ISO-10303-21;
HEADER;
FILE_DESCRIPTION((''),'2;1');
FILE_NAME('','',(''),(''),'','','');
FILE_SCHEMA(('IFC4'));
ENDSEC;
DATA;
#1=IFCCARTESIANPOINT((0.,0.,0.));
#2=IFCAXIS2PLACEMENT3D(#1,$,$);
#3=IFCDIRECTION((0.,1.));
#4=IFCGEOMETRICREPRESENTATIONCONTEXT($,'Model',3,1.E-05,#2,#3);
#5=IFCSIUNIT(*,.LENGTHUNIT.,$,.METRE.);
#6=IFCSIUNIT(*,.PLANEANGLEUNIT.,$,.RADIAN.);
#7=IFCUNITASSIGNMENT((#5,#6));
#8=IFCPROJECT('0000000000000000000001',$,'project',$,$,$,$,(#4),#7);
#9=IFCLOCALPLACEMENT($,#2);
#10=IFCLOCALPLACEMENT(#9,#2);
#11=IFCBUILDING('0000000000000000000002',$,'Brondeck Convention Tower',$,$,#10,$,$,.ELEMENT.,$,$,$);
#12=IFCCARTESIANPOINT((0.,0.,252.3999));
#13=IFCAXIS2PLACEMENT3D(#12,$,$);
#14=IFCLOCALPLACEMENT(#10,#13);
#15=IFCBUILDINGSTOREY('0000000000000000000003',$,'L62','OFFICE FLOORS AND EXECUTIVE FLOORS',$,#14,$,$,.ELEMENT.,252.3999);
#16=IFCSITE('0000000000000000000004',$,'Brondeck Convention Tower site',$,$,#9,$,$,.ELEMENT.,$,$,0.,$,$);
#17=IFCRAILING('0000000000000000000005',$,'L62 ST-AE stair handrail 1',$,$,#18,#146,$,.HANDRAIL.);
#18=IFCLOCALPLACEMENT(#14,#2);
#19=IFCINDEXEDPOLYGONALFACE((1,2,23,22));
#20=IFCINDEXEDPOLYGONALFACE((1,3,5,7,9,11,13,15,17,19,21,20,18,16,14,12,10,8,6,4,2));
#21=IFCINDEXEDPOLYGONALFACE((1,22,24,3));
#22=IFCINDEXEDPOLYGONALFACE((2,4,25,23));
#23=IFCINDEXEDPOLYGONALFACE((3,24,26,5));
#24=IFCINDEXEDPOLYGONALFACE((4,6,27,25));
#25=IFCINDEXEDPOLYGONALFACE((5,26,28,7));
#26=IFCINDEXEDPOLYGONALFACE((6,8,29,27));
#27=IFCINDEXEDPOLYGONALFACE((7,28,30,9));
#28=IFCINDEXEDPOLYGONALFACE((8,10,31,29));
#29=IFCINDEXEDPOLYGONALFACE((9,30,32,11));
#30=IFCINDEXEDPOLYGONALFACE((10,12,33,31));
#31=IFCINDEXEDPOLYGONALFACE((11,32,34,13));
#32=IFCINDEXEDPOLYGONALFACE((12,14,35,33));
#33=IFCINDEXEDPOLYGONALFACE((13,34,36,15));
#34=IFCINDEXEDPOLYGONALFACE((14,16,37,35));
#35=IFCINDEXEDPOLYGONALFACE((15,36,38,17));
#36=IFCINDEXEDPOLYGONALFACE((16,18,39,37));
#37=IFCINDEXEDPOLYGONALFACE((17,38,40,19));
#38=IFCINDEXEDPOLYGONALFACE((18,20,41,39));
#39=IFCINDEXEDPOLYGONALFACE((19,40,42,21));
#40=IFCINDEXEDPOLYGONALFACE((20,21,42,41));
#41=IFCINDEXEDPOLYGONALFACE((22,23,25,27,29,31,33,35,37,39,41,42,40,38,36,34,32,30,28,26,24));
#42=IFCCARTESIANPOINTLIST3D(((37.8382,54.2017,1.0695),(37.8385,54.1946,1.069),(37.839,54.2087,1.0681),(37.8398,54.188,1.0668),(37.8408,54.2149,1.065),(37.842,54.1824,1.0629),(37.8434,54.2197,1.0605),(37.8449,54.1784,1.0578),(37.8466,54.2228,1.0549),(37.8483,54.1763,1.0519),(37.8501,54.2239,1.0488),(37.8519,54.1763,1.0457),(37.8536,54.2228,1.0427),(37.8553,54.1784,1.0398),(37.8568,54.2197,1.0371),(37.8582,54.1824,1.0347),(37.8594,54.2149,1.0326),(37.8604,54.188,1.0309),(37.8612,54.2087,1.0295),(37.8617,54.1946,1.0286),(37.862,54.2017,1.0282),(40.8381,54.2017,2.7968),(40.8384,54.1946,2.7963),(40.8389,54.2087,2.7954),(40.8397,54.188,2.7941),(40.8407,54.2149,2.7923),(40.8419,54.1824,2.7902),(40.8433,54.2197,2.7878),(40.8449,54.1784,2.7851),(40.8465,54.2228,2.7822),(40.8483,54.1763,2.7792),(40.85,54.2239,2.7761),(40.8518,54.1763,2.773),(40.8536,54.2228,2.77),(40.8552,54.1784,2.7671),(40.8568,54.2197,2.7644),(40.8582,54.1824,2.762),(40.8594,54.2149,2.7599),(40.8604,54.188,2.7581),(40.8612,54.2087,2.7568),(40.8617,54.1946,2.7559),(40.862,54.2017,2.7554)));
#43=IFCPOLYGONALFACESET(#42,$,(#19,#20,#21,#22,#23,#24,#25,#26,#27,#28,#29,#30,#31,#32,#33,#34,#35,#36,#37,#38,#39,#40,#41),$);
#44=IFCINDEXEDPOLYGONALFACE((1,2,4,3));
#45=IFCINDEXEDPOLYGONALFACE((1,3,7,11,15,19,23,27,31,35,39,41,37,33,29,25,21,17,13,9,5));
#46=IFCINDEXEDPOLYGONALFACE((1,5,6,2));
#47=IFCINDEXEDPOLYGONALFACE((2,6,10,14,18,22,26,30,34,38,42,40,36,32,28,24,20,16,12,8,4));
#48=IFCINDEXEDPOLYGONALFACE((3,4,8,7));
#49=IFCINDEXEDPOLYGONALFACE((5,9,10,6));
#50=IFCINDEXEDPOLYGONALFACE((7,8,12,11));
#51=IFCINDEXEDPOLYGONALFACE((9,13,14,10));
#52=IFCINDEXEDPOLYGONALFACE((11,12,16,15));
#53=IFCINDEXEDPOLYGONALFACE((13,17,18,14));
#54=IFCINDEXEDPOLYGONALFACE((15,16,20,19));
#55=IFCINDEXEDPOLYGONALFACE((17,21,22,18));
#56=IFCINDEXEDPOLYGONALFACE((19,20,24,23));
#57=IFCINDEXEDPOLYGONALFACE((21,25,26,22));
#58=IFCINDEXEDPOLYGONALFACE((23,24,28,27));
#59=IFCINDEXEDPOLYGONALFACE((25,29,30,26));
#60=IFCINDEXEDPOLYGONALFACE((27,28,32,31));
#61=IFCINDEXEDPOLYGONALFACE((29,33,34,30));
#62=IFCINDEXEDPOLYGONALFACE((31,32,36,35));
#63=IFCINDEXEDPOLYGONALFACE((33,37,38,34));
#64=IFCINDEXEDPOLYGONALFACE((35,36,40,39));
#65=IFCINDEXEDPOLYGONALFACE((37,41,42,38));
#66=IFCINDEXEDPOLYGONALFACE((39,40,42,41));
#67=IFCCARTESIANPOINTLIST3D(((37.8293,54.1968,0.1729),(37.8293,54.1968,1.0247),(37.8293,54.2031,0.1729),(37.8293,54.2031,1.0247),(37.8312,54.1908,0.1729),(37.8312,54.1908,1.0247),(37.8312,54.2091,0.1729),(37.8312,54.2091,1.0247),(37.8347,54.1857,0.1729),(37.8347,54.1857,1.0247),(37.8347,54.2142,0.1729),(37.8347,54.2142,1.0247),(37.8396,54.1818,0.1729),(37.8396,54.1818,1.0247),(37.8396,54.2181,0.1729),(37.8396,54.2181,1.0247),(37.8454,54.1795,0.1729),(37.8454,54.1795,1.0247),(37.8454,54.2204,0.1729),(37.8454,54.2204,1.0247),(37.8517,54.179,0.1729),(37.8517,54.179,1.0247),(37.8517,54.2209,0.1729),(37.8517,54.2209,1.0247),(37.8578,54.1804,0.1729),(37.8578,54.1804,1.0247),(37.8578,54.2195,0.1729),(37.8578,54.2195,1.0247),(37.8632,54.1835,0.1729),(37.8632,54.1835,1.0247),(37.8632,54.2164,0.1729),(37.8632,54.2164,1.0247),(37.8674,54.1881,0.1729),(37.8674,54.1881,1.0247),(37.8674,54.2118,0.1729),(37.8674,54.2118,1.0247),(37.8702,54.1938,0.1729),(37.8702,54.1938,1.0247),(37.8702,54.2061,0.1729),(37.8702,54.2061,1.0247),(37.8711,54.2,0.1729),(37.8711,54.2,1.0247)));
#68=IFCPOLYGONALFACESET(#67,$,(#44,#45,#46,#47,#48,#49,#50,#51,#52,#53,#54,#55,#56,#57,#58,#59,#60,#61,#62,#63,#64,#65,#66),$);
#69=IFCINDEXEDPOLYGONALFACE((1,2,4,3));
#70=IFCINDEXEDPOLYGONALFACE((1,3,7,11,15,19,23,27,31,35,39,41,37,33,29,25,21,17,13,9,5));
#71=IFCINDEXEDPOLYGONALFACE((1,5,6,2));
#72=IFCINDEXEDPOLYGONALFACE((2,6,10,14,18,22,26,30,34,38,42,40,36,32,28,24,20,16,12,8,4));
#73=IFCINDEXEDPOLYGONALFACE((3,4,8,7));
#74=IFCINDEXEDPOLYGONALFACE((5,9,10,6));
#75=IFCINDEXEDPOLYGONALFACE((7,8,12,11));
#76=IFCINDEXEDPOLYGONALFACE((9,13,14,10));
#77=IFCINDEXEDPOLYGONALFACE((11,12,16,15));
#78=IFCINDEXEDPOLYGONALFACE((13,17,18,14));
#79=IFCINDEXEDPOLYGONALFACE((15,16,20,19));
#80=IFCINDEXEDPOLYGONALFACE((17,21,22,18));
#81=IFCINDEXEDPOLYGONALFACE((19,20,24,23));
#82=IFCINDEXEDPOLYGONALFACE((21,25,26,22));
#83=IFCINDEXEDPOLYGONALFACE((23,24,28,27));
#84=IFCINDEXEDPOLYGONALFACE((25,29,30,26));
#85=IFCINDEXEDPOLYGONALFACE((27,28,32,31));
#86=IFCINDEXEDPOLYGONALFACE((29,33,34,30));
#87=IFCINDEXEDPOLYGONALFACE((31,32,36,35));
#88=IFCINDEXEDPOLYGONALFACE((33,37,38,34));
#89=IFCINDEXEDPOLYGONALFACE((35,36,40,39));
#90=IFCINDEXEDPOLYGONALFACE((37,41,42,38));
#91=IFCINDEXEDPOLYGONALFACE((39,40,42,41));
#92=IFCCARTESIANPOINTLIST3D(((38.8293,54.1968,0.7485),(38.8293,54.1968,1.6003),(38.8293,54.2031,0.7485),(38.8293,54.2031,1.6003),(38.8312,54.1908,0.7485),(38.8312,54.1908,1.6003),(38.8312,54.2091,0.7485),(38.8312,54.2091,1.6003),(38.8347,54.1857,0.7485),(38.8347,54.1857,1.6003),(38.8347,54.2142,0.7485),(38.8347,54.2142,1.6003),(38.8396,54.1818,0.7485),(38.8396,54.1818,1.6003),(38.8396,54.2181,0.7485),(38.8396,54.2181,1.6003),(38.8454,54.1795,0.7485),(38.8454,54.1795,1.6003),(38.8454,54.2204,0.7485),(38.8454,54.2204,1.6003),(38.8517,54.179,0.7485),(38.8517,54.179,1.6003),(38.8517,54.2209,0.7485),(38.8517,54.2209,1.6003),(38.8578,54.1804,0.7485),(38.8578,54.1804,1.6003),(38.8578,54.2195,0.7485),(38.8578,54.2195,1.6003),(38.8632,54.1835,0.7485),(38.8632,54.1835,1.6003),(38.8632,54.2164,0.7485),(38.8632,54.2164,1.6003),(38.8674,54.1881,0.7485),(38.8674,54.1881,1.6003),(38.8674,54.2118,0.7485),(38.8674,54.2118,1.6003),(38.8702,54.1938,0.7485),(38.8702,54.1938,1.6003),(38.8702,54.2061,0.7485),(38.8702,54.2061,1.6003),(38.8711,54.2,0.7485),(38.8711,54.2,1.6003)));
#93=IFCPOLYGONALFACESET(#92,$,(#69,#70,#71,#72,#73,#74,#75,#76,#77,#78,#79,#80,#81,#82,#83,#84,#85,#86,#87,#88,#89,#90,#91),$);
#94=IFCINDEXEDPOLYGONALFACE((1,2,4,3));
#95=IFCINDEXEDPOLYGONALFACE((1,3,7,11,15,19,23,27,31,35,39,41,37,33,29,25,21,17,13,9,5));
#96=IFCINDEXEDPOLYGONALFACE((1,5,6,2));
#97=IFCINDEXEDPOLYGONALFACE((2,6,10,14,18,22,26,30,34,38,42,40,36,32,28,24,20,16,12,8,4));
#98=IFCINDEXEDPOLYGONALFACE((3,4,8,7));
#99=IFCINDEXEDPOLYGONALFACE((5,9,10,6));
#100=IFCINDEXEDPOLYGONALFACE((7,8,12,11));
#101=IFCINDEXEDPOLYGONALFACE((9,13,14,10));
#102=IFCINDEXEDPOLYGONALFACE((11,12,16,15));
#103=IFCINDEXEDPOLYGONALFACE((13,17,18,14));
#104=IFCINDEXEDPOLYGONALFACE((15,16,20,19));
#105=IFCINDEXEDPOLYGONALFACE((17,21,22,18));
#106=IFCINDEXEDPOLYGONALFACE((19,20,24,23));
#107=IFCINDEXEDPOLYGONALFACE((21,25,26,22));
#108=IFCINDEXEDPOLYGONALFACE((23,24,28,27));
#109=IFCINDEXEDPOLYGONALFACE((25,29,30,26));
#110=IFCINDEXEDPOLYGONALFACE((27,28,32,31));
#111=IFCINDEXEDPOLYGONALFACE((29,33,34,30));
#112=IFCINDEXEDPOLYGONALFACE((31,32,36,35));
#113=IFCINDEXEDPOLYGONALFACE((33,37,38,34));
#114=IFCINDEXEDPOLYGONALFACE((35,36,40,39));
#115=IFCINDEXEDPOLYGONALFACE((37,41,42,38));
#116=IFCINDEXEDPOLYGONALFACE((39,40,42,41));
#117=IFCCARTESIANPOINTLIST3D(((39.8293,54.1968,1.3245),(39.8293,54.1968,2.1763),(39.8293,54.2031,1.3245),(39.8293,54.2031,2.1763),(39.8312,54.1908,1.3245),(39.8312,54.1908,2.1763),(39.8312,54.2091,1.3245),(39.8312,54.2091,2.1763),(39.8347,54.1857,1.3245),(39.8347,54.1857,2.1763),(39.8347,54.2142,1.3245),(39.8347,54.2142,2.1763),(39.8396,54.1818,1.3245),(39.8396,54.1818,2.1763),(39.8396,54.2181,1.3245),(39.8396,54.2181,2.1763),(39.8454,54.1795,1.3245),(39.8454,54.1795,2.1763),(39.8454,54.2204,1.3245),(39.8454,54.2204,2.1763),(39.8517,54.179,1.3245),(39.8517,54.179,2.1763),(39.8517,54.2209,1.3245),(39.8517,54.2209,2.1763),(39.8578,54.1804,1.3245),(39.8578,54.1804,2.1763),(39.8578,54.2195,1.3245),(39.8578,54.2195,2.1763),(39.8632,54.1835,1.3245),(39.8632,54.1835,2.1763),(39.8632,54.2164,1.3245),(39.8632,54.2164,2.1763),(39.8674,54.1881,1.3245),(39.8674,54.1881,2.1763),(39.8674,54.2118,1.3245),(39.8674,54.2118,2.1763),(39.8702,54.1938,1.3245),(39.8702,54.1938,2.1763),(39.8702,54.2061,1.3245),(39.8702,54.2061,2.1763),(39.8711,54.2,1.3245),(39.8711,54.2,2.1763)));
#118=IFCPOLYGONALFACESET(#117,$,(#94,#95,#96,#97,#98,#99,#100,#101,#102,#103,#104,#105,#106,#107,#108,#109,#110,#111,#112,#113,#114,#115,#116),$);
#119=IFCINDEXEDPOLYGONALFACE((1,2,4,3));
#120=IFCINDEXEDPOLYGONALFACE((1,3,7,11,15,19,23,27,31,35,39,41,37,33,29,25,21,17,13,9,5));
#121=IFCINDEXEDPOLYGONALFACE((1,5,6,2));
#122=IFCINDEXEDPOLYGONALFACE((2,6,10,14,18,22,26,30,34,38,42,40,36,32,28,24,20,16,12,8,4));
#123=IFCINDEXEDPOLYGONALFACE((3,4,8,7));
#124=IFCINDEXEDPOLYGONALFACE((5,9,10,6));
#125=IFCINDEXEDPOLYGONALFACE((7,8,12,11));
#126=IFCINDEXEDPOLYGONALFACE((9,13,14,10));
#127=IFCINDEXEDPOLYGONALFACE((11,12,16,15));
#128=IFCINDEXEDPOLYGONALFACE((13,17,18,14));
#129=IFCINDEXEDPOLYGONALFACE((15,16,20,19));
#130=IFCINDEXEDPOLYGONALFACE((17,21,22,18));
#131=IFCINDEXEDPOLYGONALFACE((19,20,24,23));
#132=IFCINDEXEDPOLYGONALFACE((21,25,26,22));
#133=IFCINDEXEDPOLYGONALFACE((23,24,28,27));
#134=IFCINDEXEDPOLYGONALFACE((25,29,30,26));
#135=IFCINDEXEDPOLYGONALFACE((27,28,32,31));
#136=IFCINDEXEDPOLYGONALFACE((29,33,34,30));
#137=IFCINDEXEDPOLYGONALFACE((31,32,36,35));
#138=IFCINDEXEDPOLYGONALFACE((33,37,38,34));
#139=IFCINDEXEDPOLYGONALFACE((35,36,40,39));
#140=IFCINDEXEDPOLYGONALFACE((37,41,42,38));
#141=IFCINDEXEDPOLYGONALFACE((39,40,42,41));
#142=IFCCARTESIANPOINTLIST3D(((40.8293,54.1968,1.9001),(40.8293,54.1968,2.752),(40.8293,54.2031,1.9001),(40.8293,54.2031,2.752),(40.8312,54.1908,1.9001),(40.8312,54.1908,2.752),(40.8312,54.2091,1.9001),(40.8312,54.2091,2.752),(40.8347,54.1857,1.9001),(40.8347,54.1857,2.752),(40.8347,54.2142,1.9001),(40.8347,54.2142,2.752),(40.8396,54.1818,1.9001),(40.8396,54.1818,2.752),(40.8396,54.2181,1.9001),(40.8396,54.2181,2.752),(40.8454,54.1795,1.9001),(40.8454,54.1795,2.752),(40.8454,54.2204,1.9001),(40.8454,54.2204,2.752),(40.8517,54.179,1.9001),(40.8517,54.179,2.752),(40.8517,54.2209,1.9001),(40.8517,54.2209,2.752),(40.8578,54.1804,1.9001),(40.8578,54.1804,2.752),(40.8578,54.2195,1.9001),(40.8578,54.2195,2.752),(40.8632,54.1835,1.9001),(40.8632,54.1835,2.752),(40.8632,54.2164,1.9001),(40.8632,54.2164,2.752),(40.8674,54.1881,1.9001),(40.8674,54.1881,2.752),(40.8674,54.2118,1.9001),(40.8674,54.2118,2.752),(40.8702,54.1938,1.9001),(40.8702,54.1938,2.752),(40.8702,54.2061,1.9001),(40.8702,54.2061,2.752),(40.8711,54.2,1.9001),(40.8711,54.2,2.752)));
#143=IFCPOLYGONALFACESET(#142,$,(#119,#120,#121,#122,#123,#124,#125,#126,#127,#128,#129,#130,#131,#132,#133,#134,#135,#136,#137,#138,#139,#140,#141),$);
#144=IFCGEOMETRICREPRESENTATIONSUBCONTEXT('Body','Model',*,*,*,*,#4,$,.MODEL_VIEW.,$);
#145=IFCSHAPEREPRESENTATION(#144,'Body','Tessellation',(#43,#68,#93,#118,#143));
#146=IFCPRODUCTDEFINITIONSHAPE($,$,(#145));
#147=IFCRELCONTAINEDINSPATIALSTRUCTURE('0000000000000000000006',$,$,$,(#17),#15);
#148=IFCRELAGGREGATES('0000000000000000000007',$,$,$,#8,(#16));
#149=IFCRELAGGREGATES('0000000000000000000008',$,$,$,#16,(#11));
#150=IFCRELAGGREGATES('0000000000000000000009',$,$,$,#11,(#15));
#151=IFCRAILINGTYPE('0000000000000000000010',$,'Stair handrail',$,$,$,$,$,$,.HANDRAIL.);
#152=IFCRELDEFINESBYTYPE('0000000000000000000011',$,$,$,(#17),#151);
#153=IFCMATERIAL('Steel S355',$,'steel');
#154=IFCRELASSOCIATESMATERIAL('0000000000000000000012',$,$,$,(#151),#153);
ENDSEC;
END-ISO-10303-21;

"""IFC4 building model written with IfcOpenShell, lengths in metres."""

from ifc_helpers import new_model, si_unit, direction, frame, origin, origin_2d, place, context, subcontext, project, spatial, circle, extrude, material, type_object, element, save


model = new_model("IFC4")

# Units and contexts
model_context = context("Model", 3, precision=1e-05, world=origin(), true_north=direction((0.0, 1.0)))
body_context = subcontext(model_context, "Body", "Model", "MODEL_VIEW")
ifc_project = project(units=[si_unit("LENGTHUNIT", "METRE"), si_unit("PLANEANGLEUNIT", "RADIAN")], contexts=[model_context])

# Site, building, storey
site_placement = place(None, origin())
site = spatial("IfcSite", under=ifc_project, at=site_placement, Name="Brondeck Convention Tower site", CompositionType="ELEMENT", RefElevation=0.0)
building_placement = place(site_placement, origin())
building = spatial("IfcBuilding", under=site, at=building_placement, Name="Brondeck Convention Tower", CompositionType="ELEMENT")
storey_placement = place(building_placement, frame((0.0, 0.0, 252.3999)))
storey = spatial("IfcBuildingStorey", under=building, at=storey_placement, Name="L62", Description="OFFICE FLOORS AND EXECUTIVE FLOORS", CompositionType="ELEMENT", Elevation=252.3999)

# Shared definitions
ifc_material_1 = material(Name="Steel S355", Category="steel")

# Railing
railing_type_1 = type_object("IfcRailingType", Name="Stair handrail", PredefinedType="HANDRAIL", material=ifc_material_1)
railing_1_placement = place(storey_placement, frame((37.8501, 54.2, 0.1729)))
element("IfcRailing", 1, at=railing_1_placement, inside=storey, type_object=railing_type_1, Name="L62 ST-AE stair handrail 1", PredefinedType="HANDRAIL", context=body_context, shape_type="SweptSolid", body=[
    extrude(circle(Radius=0.0239, at=origin_2d()), frame((0.0, 0.0, 0.876), z_axis=(0.86662, 0.0, 0.498969), x_axis=(0.0, 1.0, 0.0)), (0.0, 0.0, 1.0), 3.4617),
    extrude(circle(Radius=0.021, at=origin_2d()), origin(), (0.0, 0.0, 1.0), 0.8518),
    extrude(circle(Radius=0.021, at=origin_2d()), frame((1.0, 0.0, 0.5757)), (0.0, 0.0, 1.0), 0.8518),
    extrude(circle(Radius=0.021, at=origin_2d()), frame((2.0, 0.0, 1.1516)), (0.0, 0.0, 1.0), 0.8518),
    extrude(circle(Radius=0.021, at=origin_2d()), frame((3.0, 0.0, 1.7273)), (0.0, 0.0, 1.0), 0.8518),
])

save(model, "model.ifc")
